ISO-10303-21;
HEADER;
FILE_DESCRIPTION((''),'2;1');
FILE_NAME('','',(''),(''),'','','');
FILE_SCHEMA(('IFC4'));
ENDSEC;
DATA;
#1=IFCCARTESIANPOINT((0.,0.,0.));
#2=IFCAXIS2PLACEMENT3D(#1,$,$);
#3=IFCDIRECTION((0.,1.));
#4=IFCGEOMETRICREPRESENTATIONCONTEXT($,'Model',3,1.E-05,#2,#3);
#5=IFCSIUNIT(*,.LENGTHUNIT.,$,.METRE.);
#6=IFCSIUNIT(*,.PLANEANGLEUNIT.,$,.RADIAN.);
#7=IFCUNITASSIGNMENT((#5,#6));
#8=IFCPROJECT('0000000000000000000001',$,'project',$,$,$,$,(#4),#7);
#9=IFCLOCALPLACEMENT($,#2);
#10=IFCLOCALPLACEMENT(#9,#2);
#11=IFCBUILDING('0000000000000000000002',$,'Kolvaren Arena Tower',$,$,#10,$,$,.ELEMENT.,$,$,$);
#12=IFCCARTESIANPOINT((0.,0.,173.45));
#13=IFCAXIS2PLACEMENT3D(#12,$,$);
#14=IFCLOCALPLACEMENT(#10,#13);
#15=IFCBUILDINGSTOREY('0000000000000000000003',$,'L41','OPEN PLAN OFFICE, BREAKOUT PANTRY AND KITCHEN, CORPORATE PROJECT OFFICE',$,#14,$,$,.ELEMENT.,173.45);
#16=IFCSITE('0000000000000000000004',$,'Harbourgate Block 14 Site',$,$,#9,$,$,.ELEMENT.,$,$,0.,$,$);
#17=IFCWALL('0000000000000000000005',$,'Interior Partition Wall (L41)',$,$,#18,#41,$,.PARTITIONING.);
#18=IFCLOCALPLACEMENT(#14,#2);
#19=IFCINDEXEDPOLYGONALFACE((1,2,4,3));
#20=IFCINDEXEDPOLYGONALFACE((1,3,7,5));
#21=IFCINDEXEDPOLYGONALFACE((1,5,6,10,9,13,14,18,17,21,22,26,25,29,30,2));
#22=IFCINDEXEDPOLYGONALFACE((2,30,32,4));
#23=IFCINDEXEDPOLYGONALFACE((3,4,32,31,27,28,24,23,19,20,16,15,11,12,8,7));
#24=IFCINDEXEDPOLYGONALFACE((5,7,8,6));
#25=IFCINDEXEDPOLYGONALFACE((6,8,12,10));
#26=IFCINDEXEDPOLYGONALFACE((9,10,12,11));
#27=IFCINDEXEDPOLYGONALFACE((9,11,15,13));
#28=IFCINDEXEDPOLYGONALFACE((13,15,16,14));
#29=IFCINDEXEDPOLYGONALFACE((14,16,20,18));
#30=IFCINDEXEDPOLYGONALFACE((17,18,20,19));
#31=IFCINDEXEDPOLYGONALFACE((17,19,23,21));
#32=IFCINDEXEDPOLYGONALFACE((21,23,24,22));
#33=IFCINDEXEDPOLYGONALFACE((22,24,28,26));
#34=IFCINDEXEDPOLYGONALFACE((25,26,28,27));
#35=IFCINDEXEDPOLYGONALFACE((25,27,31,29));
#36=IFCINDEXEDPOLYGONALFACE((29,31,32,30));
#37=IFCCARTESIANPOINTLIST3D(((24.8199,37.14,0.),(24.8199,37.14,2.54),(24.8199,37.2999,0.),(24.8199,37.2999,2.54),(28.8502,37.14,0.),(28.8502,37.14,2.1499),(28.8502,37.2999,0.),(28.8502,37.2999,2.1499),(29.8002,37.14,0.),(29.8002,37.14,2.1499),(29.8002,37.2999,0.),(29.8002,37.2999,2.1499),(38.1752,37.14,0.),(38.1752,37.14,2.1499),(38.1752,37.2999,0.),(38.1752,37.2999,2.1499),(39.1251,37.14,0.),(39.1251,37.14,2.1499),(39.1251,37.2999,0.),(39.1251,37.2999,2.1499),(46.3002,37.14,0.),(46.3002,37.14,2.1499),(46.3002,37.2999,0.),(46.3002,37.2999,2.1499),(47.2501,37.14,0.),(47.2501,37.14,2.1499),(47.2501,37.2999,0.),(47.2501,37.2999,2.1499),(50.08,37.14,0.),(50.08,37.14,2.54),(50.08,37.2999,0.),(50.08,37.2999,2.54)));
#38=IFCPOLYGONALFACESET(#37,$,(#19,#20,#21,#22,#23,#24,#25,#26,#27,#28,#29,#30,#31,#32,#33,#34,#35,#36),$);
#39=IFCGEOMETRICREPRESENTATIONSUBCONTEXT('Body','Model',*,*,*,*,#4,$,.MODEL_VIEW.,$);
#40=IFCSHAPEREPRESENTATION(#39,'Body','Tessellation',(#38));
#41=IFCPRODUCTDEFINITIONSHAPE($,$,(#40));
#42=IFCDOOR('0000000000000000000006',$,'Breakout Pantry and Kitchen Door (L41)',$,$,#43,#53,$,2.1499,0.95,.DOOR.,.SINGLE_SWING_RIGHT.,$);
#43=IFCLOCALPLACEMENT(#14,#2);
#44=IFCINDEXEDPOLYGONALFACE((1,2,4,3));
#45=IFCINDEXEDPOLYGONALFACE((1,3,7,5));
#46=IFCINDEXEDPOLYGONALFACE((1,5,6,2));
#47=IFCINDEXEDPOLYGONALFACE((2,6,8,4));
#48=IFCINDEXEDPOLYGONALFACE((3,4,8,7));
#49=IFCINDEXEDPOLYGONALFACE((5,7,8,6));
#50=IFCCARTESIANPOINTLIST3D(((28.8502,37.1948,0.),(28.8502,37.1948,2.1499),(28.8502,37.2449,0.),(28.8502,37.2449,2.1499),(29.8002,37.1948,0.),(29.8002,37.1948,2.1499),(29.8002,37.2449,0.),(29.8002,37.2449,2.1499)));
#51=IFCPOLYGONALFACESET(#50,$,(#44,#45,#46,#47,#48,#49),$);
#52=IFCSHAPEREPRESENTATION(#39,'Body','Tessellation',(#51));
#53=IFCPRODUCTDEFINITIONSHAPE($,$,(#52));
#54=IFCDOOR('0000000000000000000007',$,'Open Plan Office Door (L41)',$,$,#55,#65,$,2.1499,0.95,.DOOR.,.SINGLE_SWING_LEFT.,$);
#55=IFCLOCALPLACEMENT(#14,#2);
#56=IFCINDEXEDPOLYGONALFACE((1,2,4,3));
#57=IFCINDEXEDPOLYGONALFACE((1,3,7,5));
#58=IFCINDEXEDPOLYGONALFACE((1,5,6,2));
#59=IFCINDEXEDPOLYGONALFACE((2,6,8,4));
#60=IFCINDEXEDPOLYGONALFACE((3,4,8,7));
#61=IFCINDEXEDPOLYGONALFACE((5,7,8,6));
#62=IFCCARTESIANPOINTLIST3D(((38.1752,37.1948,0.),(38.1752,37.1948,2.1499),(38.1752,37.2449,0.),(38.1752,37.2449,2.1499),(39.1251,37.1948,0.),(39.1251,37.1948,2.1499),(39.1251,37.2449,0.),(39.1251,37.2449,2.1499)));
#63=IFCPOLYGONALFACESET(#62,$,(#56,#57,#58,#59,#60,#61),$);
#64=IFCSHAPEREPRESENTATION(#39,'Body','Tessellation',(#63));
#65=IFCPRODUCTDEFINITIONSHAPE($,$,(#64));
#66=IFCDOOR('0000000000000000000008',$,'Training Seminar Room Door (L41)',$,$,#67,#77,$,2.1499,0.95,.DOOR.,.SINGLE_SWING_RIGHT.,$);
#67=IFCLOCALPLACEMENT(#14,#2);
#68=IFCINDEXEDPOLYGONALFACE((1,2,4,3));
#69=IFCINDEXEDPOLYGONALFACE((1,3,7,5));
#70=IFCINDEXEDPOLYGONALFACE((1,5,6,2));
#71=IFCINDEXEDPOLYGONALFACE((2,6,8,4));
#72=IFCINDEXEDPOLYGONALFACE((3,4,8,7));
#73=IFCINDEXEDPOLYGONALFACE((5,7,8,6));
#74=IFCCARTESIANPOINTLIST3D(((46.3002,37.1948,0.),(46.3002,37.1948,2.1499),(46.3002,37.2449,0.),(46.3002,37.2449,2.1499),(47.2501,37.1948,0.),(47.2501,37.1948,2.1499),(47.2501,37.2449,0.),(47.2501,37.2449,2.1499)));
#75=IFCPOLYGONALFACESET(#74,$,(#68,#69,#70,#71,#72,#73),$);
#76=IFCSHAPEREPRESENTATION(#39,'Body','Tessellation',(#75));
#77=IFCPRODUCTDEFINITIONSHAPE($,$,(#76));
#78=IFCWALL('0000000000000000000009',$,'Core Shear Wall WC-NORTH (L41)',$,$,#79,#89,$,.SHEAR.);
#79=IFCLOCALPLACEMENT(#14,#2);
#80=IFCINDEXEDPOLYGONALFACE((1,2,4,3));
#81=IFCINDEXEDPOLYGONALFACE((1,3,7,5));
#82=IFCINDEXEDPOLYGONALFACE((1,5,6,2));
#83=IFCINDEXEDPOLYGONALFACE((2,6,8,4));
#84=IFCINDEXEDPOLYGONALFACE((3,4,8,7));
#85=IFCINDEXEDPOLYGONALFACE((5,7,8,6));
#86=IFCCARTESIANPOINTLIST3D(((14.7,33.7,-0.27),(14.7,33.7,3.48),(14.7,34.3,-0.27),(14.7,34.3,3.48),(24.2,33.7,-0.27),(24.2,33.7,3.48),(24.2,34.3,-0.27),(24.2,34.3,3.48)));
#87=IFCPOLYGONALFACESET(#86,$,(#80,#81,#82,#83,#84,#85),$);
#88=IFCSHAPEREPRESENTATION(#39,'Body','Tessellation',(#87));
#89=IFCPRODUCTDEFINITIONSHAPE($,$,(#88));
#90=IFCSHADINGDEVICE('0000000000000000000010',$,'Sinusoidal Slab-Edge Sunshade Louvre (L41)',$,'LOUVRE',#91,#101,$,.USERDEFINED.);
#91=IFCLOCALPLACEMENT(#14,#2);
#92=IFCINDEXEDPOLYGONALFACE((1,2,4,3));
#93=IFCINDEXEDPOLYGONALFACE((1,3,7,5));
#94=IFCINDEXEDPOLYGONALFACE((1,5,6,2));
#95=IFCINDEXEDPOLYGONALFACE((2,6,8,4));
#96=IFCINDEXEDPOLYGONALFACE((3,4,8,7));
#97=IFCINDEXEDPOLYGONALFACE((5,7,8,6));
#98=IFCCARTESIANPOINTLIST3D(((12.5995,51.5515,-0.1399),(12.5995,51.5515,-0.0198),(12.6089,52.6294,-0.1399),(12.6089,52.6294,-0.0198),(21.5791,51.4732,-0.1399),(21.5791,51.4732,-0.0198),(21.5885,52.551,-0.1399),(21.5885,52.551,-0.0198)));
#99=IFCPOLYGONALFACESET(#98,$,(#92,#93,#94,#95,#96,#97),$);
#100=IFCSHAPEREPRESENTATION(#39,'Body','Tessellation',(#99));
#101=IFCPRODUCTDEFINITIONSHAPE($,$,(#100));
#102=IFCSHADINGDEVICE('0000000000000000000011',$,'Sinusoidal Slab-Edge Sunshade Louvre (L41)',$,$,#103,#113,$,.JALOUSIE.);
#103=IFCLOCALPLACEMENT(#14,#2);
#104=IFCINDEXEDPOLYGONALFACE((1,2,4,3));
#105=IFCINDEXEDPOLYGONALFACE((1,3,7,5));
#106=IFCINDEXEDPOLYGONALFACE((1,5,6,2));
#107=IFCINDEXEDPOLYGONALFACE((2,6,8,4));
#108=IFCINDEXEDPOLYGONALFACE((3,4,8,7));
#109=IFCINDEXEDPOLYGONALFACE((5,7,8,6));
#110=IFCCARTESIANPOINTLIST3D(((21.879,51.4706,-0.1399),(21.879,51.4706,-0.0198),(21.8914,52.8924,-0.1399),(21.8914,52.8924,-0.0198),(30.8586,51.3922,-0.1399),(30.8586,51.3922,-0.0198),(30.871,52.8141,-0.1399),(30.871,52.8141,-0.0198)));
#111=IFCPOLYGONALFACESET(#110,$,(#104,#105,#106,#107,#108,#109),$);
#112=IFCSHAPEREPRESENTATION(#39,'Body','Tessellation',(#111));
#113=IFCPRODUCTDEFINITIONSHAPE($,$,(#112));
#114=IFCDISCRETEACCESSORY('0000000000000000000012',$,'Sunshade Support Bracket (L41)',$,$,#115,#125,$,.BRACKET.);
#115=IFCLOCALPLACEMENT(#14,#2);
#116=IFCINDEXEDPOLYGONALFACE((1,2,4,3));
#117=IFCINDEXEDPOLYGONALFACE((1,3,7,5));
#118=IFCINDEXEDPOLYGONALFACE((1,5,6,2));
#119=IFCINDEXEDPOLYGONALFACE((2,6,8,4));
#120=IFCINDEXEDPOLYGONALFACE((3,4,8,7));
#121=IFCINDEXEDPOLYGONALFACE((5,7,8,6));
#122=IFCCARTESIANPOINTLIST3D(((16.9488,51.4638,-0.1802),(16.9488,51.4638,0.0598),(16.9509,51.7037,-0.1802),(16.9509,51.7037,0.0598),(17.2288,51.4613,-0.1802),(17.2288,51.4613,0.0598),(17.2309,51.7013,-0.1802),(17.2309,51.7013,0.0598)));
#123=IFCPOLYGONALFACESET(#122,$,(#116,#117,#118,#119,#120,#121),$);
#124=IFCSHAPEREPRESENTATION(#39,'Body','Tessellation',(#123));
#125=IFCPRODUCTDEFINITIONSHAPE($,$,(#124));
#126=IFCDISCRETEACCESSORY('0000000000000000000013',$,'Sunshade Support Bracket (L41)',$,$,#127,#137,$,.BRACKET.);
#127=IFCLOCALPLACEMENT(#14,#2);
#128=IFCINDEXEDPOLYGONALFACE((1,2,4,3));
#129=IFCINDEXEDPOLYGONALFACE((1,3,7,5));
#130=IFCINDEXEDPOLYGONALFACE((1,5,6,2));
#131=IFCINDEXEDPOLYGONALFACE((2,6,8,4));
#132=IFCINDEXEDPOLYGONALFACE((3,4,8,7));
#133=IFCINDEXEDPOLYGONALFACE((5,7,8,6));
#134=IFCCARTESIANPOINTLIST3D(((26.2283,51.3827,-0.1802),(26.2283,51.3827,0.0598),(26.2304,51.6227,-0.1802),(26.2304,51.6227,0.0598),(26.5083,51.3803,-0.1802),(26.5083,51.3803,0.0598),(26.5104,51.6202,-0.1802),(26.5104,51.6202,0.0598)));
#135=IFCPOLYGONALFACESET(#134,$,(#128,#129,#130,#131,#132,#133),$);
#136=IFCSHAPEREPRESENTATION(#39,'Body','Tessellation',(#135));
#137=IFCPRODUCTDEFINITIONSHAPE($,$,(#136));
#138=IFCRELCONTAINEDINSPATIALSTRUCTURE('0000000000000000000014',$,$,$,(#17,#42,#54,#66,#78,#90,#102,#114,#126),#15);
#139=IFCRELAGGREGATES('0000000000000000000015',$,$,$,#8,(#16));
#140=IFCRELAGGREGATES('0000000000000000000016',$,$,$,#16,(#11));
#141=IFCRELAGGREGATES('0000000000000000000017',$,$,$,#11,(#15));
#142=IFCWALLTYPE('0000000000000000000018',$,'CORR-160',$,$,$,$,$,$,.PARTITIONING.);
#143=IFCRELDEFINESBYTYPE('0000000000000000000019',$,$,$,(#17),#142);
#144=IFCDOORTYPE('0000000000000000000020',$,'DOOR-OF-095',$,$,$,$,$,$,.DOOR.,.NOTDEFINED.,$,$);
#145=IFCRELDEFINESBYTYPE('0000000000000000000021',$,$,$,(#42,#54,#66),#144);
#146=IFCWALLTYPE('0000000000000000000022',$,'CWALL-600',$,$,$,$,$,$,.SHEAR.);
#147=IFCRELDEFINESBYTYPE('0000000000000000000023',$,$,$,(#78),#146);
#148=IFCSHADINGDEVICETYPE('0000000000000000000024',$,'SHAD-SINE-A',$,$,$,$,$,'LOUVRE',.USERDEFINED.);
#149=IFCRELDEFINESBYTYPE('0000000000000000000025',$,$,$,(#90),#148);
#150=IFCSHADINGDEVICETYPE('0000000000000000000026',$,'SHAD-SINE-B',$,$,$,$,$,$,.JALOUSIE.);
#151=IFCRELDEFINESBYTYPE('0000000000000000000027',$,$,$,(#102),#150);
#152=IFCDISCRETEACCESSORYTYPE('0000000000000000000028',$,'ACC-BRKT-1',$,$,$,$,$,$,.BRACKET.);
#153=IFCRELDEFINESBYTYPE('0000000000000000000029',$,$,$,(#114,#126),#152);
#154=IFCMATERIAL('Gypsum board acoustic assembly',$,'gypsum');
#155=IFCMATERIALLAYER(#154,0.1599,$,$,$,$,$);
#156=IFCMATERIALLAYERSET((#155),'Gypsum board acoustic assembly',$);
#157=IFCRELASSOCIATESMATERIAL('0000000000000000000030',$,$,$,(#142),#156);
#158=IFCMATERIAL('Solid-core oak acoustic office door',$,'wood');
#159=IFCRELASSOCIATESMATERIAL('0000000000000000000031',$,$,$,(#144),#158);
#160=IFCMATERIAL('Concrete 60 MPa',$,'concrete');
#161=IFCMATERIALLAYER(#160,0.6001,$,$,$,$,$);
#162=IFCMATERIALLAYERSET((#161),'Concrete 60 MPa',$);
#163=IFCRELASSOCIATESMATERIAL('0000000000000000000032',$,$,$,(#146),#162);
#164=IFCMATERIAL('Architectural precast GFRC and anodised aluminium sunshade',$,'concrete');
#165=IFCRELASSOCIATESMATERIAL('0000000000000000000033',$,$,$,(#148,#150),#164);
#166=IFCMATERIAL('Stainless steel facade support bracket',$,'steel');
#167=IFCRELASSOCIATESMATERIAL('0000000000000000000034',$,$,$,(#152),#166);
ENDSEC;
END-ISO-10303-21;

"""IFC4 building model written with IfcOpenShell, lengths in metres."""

from ifc_helpers import new_model, si_unit, direction, frame, frame_2d, origin, origin_2d, place, context, subcontext, project, spatial, rectangle, extrude, material, layer, layer_set, type_object, element, fill, save


model = new_model("IFC4")

# Units and contexts
model_context = context("Model", 3, precision=1e-05, world=origin(), true_north=direction((0.0, 1.0)))
body_context = subcontext(model_context, "Body", "Model", "MODEL_VIEW")
ifc_project = project(units=[si_unit("LENGTHUNIT", "METRE"), si_unit("PLANEANGLEUNIT", "RADIAN")], contexts=[model_context])

# Site, building, storey
site_placement = place(None, origin())
site = spatial("IfcSite", under=ifc_project, at=site_placement, Name="Harbourgate Block 14 Site", CompositionType="ELEMENT", RefElevation=0.0)
building_placement = place(site_placement, origin())
building = spatial("IfcBuilding", under=site, at=building_placement, Name="Kolvaren Arena Tower", CompositionType="ELEMENT")
storey_placement = place(building_placement, frame((0.0, 0.0, 173.45)))
storey = spatial("IfcBuildingStorey", under=building, at=storey_placement, Name="L41", Description="OPEN PLAN OFFICE, BREAKOUT PANTRY AND KITCHEN, CORPORATE PROJECT OFFICE", CompositionType="ELEMENT", Elevation=173.45)

# Shared definitions
ifc_material_1 = material(Name="Gypsum board acoustic assembly", Category="gypsum")
ifc_layer_1 = layer(ifc_material_1, 0.1599)
ifc_layer_set_1 = layer_set([ifc_layer_1], Name="Gypsum board acoustic assembly")
wall_type_1 = type_object("IfcWallType", Name="CORR-160", PredefinedType="PARTITIONING", material=ifc_layer_set_1)

# Wall, openings, doors
wall_1_placement = place(storey_placement, frame((24.8201, 37.22, 0.0), z_axis=(0.0, 0.0, 1.0), x_axis=(1.0, 0.0, 0.0)))
wall_1 = element("IfcWall", 1, at=wall_1_placement, inside=storey, type_object=wall_type_1, Name="Interior Partition Wall (L41)", PredefinedType="PARTITIONING", context=body_context, shape_type="SweptSolid", body=[
    extrude(rectangle(XDim=25.26, YDim=0.1599, at=frame_2d((12.6299, 0.0))), origin(), (0.0, 0.0, 1.0), 2.54),
])
opening_1_placement = place(wall_1_placement, frame((4.03, 0.0, 0.0)))
opening_1 = element("IfcOpeningElement", 2, at=opening_1_placement, cuts=wall_1, PredefinedType="OPENING", context=body_context, shape_type="SweptSolid", body=[
    extrude(rectangle(XDim=0.95, YDim=2.1499, at=frame_2d((0.4751, 1.075))), frame((0.0, 0.0898, 0.0), z_axis=(0.0, -1.0, 0.0), x_axis=(1.0, 0.0, 0.0)), (0.0, 0.0, 1.0), 0.1799),
])
opening_2_placement = place(wall_1_placement, frame((13.355, 0.0, 0.0)))
opening_2 = element("IfcOpeningElement", 3, at=opening_2_placement, cuts=wall_1, PredefinedType="OPENING", context=body_context, shape_type="SweptSolid", body=[
    extrude(rectangle(XDim=0.95, YDim=2.1499, at=frame_2d((0.4751, 1.075))), frame((0.0, 0.0898, 0.0), z_axis=(0.0, -1.0, 0.0), x_axis=(1.0, 0.0, 0.0)), (0.0, 0.0, 1.0), 0.1799),
])
opening_3_placement = place(wall_1_placement, frame((21.48, 0.0, 0.0)))
opening_3 = element("IfcOpeningElement", 4, at=opening_3_placement, cuts=wall_1, PredefinedType="OPENING", context=body_context, shape_type="SweptSolid", body=[
    extrude(rectangle(XDim=0.95, YDim=2.1499, at=frame_2d((0.4751, 1.075))), frame((0.0, 0.0898, 0.0), z_axis=(0.0, -1.0, 0.0), x_axis=(1.0, 0.0, 0.0)), (0.0, 0.0, 1.0), 0.1799),
])
ifc_material_2 = material(Name="Solid-core oak acoustic office door", Category="wood")
door_type = type_object("IfcDoorType", Name="DOOR-OF-095", OperationType="NOTDEFINED", PredefinedType="DOOR", material=ifc_material_2)
door_1_placement = place(opening_1_placement, origin())
door_1 = element("IfcDoor", 5, at=door_1_placement, inside=storey, type_object=door_type, Name="Breakout Pantry and Kitchen Door (L41)", OperationType="SINGLE_SWING_RIGHT", OverallHeight=2.1499, OverallWidth=0.95, PredefinedType="DOOR", context=body_context, shape_type="SweptSolid", body=[
    extrude(rectangle(XDim=0.95, YDim=2.1499, at=frame_2d((0.4751, 1.075))), frame((0.0, 0.0249, 0.0), z_axis=(0.0, -1.0, 0.0), x_axis=(1.0, 0.0, 0.0)), (0.0, 0.0, 1.0), 0.05),
])
fill(opening_1, door_1)
door_2_placement = place(opening_2_placement, origin())
door_2 = element("IfcDoor", 6, at=door_2_placement, inside=storey, type_object=door_type, Name="Open Plan Office Door (L41)", OperationType="SINGLE_SWING_LEFT", OverallHeight=2.1499, OverallWidth=0.95, PredefinedType="DOOR", context=body_context, shape_type="SweptSolid", body=[
    extrude(rectangle(XDim=0.95, YDim=2.1499, at=frame_2d((0.4751, 1.075))), frame((0.0, 0.0249, 0.0), z_axis=(0.0, -1.0, 0.0), x_axis=(1.0, 0.0, 0.0)), (0.0, 0.0, 1.0), 0.05),
])
fill(opening_2, door_2)
door_3_placement = place(opening_3_placement, origin())
door_3 = element("IfcDoor", 7, at=door_3_placement, inside=storey, type_object=door_type, Name="Training Seminar Room Door (L41)", OperationType="SINGLE_SWING_RIGHT", OverallHeight=2.1499, OverallWidth=0.95, PredefinedType="DOOR", context=body_context, shape_type="SweptSolid", body=[
    extrude(rectangle(XDim=0.95, YDim=2.1499, at=frame_2d((0.4751, 1.075))), frame((0.0, 0.0249, 0.0), z_axis=(0.0, -1.0, 0.0), x_axis=(1.0, 0.0, 0.0)), (0.0, 0.0, 1.0), 0.05),
])
fill(opening_3, door_3)

# Wall
ifc_material_3 = material(Name="Concrete 60 MPa", Category="concrete")
ifc_layer_2 = layer(ifc_material_3, 0.6001)
ifc_layer_set_2 = layer_set([ifc_layer_2], Name="Concrete 60 MPa")
wall_type_2 = type_object("IfcWallType", Name="CWALL-600", PredefinedType="SHEAR", material=ifc_layer_set_2)
wall_2_placement = place(storey_placement, frame((14.7, 34.0, -0.27), z_axis=(0.0, 0.0, 1.0), x_axis=(1.0, 0.0, 0.0)))
element("IfcWall", 8, at=wall_2_placement, inside=storey, type_object=wall_type_2, Name="Core Shear Wall WC-NORTH (L41)", PredefinedType="SHEAR", context=body_context, shape_type="SweptSolid", body=[
    extrude(rectangle(XDim=9.5, YDim=0.6001, at=frame_2d((4.75, 0.0))), origin(), (0.0, 0.0, 1.0), 3.75),
])

# Shading devices
ifc_material_4 = material(Name="Architectural precast GFRC and anodised aluminium sunshade", Category="concrete")
shading_device_type_1 = type_object("IfcShadingDeviceType", Name="SHAD-SINE-A", ElementType="LOUVRE", PredefinedType="USERDEFINED", material=ifc_material_4)
shading_device_1_placement = place(storey_placement, frame((17.094, 52.0513, -0.1399), z_axis=(0.0, 0.0, 1.0), x_axis=(0.999962, -0.008727, 0.0)))
element("IfcShadingDevice", 9, at=shading_device_1_placement, inside=storey, type_object=shading_device_type_1, Name="Sinusoidal Slab-Edge Sunshade Louvre (L41)", ObjectType="LOUVRE", PredefinedType="USERDEFINED", context=body_context, shape_type="SweptSolid", body=[
    extrude(rectangle(XDim=8.98, YDim=1.0779, at=origin_2d()), origin(), (0.0, 0.0, 1.0), 0.1201),
])
shading_device_type_2 = type_object("IfcShadingDeviceType", Name="SHAD-SINE-B", PredefinedType="JALOUSIE", material=ifc_material_4)
shading_device_2_placement = place(storey_placement, frame((26.375, 52.1423, -0.1399), z_axis=(0.0, 0.0, 1.0), x_axis=(0.999962, -0.008727, 0.0)))
element("IfcShadingDevice", 10, at=shading_device_2_placement, inside=storey, type_object=shading_device_type_2, Name="Sinusoidal Slab-Edge Sunshade Louvre (L41)", PredefinedType="JALOUSIE", context=body_context, shape_type="SweptSolid", body=[
    extrude(rectangle(XDim=8.98, YDim=1.4219, at=origin_2d()), origin(), (0.0, 0.0, 1.0), 0.1201),
])

# Discrete accessories
ifc_material_5 = material(Name="Stainless steel facade support bracket", Category="steel")
discrete_accessory_type = type_object("IfcDiscreteAccessoryType", Name="ACC-BRKT-1", PredefinedType="BRACKET", material=ifc_material_5)
for number, where, z_axis, x_axis, name in (
    (11, (17.0898, 51.5825, -0.1802), (0.0, 0.0, 1.0), (0.999962, -0.008727, 0.0), "Sunshade Support Bracket (L41)"),
    (12, (26.3694, 51.5015, -0.1802), (0.0, 0.0, 1.0), (0.999962, -0.008727, 0.0), "Sunshade Support Bracket (L41)"),
):
    element("IfcDiscreteAccessory", number, at=place(storey_placement, frame(where, z_axis=z_axis, x_axis=x_axis)), inside=storey, type_object=discrete_accessory_type, Name=name, PredefinedType="BRACKET", context=body_context, shape_type="SweptSolid", body=[
        extrude(rectangle(XDim=0.28, YDim=0.24, at=origin_2d()), origin(), (0.0, 0.0, 1.0), 0.24),
    ])

save(model, "model.ifc")
